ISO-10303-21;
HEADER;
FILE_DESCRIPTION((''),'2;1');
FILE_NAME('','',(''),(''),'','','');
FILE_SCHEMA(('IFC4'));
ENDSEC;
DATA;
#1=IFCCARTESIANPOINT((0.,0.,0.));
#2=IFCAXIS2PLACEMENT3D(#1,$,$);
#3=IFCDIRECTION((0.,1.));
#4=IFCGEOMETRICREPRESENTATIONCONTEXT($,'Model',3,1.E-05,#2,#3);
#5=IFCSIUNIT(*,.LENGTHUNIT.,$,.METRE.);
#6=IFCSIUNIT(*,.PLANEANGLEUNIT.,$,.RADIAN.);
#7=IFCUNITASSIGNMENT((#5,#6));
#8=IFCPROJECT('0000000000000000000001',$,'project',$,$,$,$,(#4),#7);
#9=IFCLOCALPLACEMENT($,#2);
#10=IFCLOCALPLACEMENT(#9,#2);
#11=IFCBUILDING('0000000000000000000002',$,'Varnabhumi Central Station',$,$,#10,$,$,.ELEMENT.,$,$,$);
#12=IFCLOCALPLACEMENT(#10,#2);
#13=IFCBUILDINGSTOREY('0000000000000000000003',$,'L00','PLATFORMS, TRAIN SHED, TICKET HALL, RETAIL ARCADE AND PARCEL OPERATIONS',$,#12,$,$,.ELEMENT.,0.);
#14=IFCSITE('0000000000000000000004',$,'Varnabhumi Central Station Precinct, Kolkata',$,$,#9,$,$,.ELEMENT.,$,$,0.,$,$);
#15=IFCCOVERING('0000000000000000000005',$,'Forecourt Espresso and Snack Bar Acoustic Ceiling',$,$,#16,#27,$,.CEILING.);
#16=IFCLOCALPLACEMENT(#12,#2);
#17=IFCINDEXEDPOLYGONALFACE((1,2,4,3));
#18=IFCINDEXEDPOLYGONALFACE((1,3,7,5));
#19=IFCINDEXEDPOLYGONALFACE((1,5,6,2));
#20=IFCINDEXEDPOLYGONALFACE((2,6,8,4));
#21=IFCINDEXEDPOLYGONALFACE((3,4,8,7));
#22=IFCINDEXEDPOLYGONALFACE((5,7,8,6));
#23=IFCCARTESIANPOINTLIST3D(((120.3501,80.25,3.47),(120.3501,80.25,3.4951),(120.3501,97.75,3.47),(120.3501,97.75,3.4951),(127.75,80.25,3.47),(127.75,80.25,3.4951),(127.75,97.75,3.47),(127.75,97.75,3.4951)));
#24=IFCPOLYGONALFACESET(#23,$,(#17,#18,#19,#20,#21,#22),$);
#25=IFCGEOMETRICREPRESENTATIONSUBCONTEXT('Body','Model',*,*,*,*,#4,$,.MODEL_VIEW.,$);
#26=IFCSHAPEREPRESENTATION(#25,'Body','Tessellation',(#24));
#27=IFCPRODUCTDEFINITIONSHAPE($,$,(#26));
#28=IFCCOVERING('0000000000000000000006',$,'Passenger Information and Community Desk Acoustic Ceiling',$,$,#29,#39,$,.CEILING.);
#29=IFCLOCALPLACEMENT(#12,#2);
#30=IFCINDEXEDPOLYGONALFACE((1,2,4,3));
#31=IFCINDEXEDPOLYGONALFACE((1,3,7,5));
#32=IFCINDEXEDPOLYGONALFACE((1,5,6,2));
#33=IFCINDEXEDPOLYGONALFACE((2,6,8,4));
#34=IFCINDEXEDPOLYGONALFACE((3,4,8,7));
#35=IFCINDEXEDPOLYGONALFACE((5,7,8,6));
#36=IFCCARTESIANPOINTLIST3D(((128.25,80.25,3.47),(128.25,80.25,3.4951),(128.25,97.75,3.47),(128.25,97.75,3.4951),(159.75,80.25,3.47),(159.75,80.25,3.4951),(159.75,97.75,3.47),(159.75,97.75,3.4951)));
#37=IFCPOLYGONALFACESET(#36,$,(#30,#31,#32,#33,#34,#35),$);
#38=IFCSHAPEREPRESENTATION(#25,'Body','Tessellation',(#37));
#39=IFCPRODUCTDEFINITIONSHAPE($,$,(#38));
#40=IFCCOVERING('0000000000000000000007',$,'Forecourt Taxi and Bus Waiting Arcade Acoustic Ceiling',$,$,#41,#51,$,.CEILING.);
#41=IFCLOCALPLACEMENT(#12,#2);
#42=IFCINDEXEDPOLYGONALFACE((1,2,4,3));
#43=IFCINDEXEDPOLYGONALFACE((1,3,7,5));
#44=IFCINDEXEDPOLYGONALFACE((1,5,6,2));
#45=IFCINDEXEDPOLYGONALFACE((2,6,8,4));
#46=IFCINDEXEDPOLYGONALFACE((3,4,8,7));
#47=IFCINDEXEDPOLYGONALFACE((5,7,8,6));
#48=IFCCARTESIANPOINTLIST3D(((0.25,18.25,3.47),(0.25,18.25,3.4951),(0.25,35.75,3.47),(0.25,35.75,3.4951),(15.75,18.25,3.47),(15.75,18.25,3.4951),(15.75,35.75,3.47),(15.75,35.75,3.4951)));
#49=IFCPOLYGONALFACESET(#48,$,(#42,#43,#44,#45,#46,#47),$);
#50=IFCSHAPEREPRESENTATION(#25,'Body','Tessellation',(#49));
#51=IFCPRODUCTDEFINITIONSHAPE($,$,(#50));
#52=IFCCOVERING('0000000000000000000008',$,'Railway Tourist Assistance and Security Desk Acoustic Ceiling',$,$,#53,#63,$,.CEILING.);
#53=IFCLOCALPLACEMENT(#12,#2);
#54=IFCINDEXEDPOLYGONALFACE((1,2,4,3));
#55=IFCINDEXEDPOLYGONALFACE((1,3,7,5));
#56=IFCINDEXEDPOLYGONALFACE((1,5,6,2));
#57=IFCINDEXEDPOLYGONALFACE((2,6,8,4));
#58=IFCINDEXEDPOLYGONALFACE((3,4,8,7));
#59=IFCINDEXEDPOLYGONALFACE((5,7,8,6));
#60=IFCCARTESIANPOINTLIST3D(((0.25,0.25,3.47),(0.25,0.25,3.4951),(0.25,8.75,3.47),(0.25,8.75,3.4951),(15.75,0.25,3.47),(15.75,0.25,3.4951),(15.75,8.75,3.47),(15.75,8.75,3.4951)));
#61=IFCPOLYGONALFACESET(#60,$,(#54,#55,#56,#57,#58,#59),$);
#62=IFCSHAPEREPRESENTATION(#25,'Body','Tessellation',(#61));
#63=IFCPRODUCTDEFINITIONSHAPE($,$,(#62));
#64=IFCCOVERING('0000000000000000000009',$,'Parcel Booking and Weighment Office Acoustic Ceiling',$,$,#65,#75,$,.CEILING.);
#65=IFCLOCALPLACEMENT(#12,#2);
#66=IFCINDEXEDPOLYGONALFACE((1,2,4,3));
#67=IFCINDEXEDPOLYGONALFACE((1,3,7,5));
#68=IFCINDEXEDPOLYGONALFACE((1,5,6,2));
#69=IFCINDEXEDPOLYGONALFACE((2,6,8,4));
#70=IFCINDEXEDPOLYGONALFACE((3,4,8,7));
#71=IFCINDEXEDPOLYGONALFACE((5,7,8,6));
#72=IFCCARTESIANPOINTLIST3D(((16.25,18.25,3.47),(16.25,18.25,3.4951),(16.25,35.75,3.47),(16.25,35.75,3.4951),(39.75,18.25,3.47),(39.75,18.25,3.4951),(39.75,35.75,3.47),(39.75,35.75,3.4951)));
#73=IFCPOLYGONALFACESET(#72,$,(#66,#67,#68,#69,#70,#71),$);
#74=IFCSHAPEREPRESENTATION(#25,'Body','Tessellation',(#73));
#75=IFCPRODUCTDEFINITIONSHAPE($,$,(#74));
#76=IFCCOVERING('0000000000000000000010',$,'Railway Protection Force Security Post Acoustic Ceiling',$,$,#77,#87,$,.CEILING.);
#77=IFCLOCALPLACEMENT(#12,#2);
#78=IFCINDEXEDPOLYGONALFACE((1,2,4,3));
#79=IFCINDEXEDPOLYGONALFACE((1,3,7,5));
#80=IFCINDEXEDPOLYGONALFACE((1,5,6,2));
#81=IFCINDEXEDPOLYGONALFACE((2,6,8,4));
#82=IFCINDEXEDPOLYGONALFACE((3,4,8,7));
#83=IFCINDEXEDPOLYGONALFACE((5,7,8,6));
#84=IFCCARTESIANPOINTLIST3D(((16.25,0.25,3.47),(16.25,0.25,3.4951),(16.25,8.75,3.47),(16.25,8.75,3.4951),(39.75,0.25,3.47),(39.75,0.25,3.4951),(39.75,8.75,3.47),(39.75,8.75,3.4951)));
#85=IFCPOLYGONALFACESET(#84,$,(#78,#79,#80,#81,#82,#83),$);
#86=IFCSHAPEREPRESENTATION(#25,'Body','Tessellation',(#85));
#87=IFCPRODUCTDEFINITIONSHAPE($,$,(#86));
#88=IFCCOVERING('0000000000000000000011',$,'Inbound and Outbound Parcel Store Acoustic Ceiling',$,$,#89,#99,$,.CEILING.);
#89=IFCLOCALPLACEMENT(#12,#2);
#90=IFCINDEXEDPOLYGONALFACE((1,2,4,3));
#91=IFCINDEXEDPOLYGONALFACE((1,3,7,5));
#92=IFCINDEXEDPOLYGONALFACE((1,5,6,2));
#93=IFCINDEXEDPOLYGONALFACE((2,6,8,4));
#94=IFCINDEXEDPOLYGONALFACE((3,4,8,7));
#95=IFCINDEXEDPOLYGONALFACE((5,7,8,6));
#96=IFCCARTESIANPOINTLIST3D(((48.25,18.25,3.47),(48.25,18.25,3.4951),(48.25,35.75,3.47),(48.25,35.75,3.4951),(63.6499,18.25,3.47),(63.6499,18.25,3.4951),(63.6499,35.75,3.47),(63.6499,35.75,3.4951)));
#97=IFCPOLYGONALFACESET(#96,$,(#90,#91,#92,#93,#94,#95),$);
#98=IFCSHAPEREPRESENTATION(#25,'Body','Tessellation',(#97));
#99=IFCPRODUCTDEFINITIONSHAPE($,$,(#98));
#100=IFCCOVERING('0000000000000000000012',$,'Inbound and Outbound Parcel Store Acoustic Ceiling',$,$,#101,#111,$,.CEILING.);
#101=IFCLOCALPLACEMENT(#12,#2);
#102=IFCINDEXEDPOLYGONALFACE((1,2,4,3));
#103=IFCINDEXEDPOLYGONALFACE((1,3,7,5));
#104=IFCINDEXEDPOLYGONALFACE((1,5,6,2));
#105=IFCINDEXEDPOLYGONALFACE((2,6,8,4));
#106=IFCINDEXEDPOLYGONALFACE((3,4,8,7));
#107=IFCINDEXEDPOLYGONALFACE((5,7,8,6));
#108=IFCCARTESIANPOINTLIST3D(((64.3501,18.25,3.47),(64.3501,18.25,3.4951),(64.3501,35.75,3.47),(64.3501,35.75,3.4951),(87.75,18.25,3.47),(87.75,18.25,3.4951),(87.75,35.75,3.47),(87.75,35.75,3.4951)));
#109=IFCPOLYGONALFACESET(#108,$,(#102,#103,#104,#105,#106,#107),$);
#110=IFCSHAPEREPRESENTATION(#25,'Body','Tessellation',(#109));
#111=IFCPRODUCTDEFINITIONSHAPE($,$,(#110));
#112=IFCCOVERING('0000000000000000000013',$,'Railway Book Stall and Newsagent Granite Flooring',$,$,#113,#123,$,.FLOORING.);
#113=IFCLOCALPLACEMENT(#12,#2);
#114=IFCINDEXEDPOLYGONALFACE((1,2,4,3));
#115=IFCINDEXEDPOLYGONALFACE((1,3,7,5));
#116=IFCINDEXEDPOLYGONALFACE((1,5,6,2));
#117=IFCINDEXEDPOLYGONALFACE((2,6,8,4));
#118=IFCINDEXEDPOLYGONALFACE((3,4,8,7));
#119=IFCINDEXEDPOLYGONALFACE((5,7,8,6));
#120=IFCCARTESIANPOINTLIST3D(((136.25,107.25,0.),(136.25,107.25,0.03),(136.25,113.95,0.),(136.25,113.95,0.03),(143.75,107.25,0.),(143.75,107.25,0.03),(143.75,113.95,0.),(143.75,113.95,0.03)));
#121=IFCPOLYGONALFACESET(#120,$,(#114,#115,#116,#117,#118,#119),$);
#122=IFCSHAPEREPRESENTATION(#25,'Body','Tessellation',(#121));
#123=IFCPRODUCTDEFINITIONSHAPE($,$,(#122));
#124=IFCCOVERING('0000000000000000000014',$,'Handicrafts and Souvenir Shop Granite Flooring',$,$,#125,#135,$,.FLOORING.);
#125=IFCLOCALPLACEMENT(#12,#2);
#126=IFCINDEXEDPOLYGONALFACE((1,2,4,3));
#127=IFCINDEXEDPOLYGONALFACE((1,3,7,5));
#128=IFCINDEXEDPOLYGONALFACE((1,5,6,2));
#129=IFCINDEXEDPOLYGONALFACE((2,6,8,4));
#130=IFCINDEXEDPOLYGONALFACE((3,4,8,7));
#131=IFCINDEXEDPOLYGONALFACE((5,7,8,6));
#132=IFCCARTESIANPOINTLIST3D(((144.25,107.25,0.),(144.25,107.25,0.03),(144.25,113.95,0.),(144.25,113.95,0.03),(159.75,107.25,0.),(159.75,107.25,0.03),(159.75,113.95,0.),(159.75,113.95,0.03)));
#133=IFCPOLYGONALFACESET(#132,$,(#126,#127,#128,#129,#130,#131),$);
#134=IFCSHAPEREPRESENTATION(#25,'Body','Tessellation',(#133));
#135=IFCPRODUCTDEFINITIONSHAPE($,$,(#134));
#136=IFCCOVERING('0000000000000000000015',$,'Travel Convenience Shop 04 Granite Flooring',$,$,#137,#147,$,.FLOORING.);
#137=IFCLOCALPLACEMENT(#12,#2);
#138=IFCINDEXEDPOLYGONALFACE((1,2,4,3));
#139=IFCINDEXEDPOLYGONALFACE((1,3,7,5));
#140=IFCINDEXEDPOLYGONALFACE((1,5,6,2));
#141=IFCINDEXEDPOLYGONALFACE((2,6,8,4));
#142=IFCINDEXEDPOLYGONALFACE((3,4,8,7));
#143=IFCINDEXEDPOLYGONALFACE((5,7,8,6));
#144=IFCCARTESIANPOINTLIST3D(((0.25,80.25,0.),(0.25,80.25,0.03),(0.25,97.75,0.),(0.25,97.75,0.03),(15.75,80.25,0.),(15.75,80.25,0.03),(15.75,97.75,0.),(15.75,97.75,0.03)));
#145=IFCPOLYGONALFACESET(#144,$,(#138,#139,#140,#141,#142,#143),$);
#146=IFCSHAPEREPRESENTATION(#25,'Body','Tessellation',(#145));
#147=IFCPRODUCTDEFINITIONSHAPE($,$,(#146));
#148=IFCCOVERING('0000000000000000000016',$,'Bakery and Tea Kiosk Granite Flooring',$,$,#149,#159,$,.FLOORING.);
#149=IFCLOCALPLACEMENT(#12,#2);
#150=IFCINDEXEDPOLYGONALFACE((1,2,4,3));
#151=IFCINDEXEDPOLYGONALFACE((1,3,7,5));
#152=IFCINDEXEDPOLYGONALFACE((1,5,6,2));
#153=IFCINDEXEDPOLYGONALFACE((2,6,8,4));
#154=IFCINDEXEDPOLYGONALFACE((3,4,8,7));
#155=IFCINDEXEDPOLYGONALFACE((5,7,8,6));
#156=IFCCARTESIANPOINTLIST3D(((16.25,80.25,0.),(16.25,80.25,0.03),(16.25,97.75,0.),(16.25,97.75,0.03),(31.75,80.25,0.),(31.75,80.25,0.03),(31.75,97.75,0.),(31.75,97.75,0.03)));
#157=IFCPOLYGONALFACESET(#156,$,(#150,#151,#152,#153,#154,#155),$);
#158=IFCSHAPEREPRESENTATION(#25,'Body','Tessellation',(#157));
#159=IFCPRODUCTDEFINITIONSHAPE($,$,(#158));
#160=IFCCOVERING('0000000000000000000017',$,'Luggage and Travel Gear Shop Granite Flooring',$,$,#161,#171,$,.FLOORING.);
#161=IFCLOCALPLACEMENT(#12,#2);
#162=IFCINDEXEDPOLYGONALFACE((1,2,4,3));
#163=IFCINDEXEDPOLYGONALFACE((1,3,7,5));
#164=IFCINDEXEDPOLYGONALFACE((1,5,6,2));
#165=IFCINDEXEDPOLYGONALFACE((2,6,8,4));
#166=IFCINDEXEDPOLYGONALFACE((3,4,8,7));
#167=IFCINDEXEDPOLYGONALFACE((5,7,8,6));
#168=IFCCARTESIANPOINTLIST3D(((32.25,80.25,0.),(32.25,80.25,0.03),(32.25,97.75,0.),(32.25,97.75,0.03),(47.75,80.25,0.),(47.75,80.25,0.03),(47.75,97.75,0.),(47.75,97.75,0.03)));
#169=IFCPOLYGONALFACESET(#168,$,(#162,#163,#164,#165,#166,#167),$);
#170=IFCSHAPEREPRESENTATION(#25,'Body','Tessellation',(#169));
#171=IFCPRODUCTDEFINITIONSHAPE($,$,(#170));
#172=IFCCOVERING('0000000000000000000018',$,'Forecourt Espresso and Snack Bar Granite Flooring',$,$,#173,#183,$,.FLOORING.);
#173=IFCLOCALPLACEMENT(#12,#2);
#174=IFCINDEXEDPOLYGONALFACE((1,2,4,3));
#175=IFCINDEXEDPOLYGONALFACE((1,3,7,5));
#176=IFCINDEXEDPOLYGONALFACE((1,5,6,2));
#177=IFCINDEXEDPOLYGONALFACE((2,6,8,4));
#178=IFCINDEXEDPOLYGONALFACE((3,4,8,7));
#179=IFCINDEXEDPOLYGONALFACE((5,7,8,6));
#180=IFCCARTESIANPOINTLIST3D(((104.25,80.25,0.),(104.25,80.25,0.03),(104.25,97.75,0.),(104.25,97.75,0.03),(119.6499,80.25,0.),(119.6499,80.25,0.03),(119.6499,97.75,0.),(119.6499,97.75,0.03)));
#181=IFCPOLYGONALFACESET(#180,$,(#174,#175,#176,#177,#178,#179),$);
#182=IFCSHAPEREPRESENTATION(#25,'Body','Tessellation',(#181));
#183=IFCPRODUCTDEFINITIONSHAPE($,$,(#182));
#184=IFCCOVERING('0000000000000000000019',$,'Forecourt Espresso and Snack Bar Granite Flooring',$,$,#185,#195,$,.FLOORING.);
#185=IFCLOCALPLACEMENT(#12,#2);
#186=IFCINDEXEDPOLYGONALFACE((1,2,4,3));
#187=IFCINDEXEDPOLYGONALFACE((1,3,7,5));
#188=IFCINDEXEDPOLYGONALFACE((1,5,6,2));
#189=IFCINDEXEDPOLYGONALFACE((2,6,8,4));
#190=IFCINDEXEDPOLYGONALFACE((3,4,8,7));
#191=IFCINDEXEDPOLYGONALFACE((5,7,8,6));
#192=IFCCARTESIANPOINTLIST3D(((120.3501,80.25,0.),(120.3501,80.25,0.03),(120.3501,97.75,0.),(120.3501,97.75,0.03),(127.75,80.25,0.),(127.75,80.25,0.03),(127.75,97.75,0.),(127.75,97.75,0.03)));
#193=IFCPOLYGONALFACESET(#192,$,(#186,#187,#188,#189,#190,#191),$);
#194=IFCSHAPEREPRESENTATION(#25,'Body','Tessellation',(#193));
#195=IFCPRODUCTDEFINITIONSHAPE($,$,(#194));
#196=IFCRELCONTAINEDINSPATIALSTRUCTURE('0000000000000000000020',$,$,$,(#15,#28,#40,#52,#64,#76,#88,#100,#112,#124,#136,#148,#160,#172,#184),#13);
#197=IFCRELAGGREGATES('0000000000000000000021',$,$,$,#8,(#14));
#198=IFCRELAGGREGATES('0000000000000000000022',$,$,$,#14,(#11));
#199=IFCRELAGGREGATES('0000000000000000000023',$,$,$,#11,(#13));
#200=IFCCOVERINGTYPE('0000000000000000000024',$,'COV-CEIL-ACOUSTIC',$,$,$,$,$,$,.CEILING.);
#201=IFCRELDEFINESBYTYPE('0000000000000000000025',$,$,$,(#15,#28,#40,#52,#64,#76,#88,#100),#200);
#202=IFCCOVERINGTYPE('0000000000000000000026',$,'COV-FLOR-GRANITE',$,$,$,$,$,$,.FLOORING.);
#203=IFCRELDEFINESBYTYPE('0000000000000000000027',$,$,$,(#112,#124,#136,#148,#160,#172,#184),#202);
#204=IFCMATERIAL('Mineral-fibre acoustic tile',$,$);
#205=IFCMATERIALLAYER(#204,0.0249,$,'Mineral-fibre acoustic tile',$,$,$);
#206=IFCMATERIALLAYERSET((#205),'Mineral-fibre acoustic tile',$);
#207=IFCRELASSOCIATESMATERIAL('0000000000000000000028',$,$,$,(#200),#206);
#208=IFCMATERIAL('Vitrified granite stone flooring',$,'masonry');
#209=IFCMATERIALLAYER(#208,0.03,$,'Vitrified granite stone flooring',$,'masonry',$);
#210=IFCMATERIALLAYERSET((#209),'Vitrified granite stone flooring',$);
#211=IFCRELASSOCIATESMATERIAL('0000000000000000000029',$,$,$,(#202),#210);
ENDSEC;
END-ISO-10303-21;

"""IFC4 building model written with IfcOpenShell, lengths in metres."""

from ifc_helpers import new_model, si_unit, direction, frame, origin, place, context, subcontext, project, spatial, polyline, outline, extrude, material, layer, layer_set, type_object, element, save


model = new_model("IFC4")

# Units and contexts
model_context = context("Model", 3, precision=1e-05, world=origin(), true_north=direction((0.0, 1.0)))
body_context = subcontext(model_context, "Body", "Model", "MODEL_VIEW")
ifc_project = project(units=[si_unit("LENGTHUNIT", "METRE"), si_unit("PLANEANGLEUNIT", "RADIAN")], contexts=[model_context])

# Site, building, storey
site_placement = place(None, origin())
site = spatial("IfcSite", under=ifc_project, at=site_placement, Name="Varnabhumi Central Station Precinct, Kolkata", CompositionType="ELEMENT", RefElevation=0.0)
building_placement = place(site_placement, origin())
building = spatial("IfcBuilding", under=site, at=building_placement, Name="Varnabhumi Central Station", CompositionType="ELEMENT")
storey_placement = place(building_placement, origin())
storey = spatial("IfcBuildingStorey", under=building, at=storey_placement, Name="L00", Description="PLATFORMS, TRAIN SHED, TICKET HALL, RETAIL ARCADE AND PARCEL OPERATIONS", CompositionType="ELEMENT", Elevation=0.0)

# Coverings
ifc_material_1 = material(Name="Mineral-fibre acoustic tile")
ifc_layer_1 = layer(ifc_material_1, 0.0249, Name="Mineral-fibre acoustic tile")
ifc_layer_set_1 = layer_set([ifc_layer_1], Name="Mineral-fibre acoustic tile")
covering_type_1 = type_object("IfcCoveringType", Name="COV-CEIL-ACOUSTIC", PredefinedType="CEILING", material=ifc_layer_set_1)
covering_1_placement = place(storey_placement, frame((0.0, 0.0, 3.47)))
element("IfcCovering", 1, at=covering_1_placement, inside=storey, type_object=covering_type_1, Name="Forecourt Espresso and Snack Bar Acoustic Ceiling", PredefinedType="CEILING", context=body_context, shape_type="SweptSolid", body=[
    extrude(outline(polyline([(120.3501, 80.25), (127.75, 80.25), (127.75, 97.75), (120.3501, 97.75), (120.3501, 80.25)])), origin(), (0.0, 0.0, 1.0), 0.0251),
])
covering_2_placement = place(storey_placement, frame((0.0, 0.0, 3.47)))
element("IfcCovering", 2, at=covering_2_placement, inside=storey, type_object=covering_type_1, Name="Passenger Information and Community Desk Acoustic Ceiling", PredefinedType="CEILING", context=body_context, shape_type="SweptSolid", body=[
    extrude(outline(polyline([(128.25, 80.25), (159.75, 80.25), (159.75, 97.75), (128.25, 97.75), (128.25, 80.25)])), origin(), (0.0, 0.0, 1.0), 0.0251),
])
covering_3_placement = place(storey_placement, frame((0.0, 0.0, 3.47)))
element("IfcCovering", 3, at=covering_3_placement, inside=storey, type_object=covering_type_1, Name="Forecourt Taxi and Bus Waiting Arcade Acoustic Ceiling", PredefinedType="CEILING", context=body_context, shape_type="SweptSolid", body=[
    extrude(outline(polyline([(0.25, 18.25), (15.75, 18.25), (15.75, 35.75), (0.25, 35.75), (0.25, 18.25)])), origin(), (0.0, 0.0, 1.0), 0.0251),
])
covering_4_placement = place(storey_placement, frame((0.0, 0.0, 3.47)))
element("IfcCovering", 4, at=covering_4_placement, inside=storey, type_object=covering_type_1, Name="Railway Tourist Assistance and Security Desk Acoustic Ceiling", PredefinedType="CEILING", context=body_context, shape_type="SweptSolid", body=[
    extrude(outline(polyline([(0.25, 0.25), (15.75, 0.25), (15.75, 8.75), (0.25, 8.75), (0.25, 0.25)])), origin(), (0.0, 0.0, 1.0), 0.0251),
])
covering_5_placement = place(storey_placement, frame((0.0, 0.0, 3.47)))
element("IfcCovering", 5, at=covering_5_placement, inside=storey, type_object=covering_type_1, Name="Parcel Booking and Weighment Office Acoustic Ceiling", PredefinedType="CEILING", context=body_context, shape_type="SweptSolid", body=[
    extrude(outline(polyline([(16.25, 18.25), (39.75, 18.25), (39.75, 35.75), (16.25, 35.75), (16.25, 18.25)])), origin(), (0.0, 0.0, 1.0), 0.0251),
])
covering_6_placement = place(storey_placement, frame((0.0, 0.0, 3.47)))
element("IfcCovering", 6, at=covering_6_placement, inside=storey, type_object=covering_type_1, Name="Railway Protection Force Security Post Acoustic Ceiling", PredefinedType="CEILING", context=body_context, shape_type="SweptSolid", body=[
    extrude(outline(polyline([(16.25, 0.25), (39.75, 0.25), (39.75, 8.75), (16.25, 8.75), (16.25, 0.25)])), origin(), (0.0, 0.0, 1.0), 0.0251),
])
covering_7_placement = place(storey_placement, frame((0.0, 0.0, 3.47)))
element("IfcCovering", 7, at=covering_7_placement, inside=storey, type_object=covering_type_1, Name="Inbound and Outbound Parcel Store Acoustic Ceiling", PredefinedType="CEILING", context=body_context, shape_type="SweptSolid", body=[
    extrude(outline(polyline([(48.25, 18.25), (63.6499, 18.25), (63.6499, 35.75), (48.25, 35.75), (48.25, 18.25)])), origin(), (0.0, 0.0, 1.0), 0.0251),
])
covering_8_placement = place(storey_placement, frame((0.0, 0.0, 3.47)))
element("IfcCovering", 8, at=covering_8_placement, inside=storey, type_object=covering_type_1, Name="Inbound and Outbound Parcel Store Acoustic Ceiling", PredefinedType="CEILING", context=body_context, shape_type="SweptSolid", body=[
    extrude(outline(polyline([(64.3501, 18.25), (87.75, 18.25), (87.75, 35.75), (64.3501, 35.75), (64.3501, 18.25)])), origin(), (0.0, 0.0, 1.0), 0.0251),
])
ifc_material_2 = material(Name="Vitrified granite stone flooring", Category="masonry")
ifc_layer_2 = layer(ifc_material_2, 0.03, Name="Vitrified granite stone flooring", Category="masonry")
ifc_layer_set_2 = layer_set([ifc_layer_2], Name="Vitrified granite stone flooring")
covering_type_2 = type_object("IfcCoveringType", Name="COV-FLOR-GRANITE", PredefinedType="FLOORING", material=ifc_layer_set_2)
covering_9_placement = place(storey_placement, origin())
element("IfcCovering", 9, at=covering_9_placement, inside=storey, type_object=covering_type_2, Name="Railway Book Stall and Newsagent Granite Flooring", PredefinedType="FLOORING", context=body_context, shape_type="SweptSolid", body=[
    extrude(outline(polyline([(136.25, 107.25), (143.75, 107.25), (143.75, 113.95), (136.25, 113.95), (136.25, 107.25)])), origin(), (0.0, 0.0, 1.0), 0.03),
])
covering_10_placement = place(storey_placement, origin())
element("IfcCovering", 10, at=covering_10_placement, inside=storey, type_object=covering_type_2, Name="Handicrafts and Souvenir Shop Granite Flooring", PredefinedType="FLOORING", context=body_context, shape_type="SweptSolid", body=[
    extrude(outline(polyline([(144.25, 107.25), (159.75, 107.25), (159.75, 113.95), (144.25, 113.95), (144.25, 107.25)])), origin(), (0.0, 0.0, 1.0), 0.03),
])
covering_11_placement = place(storey_placement, origin())
element("IfcCovering", 11, at=covering_11_placement, inside=storey, type_object=covering_type_2, Name="Travel Convenience Shop 04 Granite Flooring", PredefinedType="FLOORING", context=body_context, shape_type="SweptSolid", body=[
    extrude(outline(polyline([(0.25, 80.25), (15.75, 80.25), (15.75, 97.75), (0.25, 97.75), (0.25, 80.25)])), origin(), (0.0, 0.0, 1.0), 0.03),
])
covering_12_placement = place(storey_placement, origin())
element("IfcCovering", 12, at=covering_12_placement, inside=storey, type_object=covering_type_2, Name="Bakery and Tea Kiosk Granite Flooring", PredefinedType="FLOORING", context=body_context, shape_type="SweptSolid", body=[
    extrude(outline(polyline([(16.25, 80.25), (31.75, 80.25), (31.75, 97.75), (16.25, 97.75), (16.25, 80.25)])), origin(), (0.0, 0.0, 1.0), 0.03),
])
covering_13_placement = place(storey_placement, origin())
element("IfcCovering", 13, at=covering_13_placement, inside=storey, type_object=covering_type_2, Name="Luggage and Travel Gear Shop Granite Flooring", PredefinedType="FLOORING", context=body_context, shape_type="SweptSolid", body=[
    extrude(outline(polyline([(32.25, 80.25), (47.75, 80.25), (47.75, 97.75), (32.25, 97.75), (32.25, 80.25)])), origin(), (0.0, 0.0, 1.0), 0.03),
])
covering_14_placement = place(storey_placement, origin())
element("IfcCovering", 14, at=covering_14_placement, inside=storey, type_object=covering_type_2, Name="Forecourt Espresso and Snack Bar Granite Flooring", PredefinedType="FLOORING", context=body_context, shape_type="SweptSolid", body=[
    extrude(outline(polyline([(104.25, 80.25), (119.6499, 80.25), (119.6499, 97.75), (104.25, 97.75), (104.25, 80.25)])), origin(), (0.0, 0.0, 1.0), 0.03),
])
covering_15_placement = place(storey_placement, origin())
element("IfcCovering", 15, at=covering_15_placement, inside=storey, type_object=covering_type_2, Name="Forecourt Espresso and Snack Bar Granite Flooring", PredefinedType="FLOORING", context=body_context, shape_type="SweptSolid", body=[
    extrude(outline(polyline([(120.3501, 80.25), (127.75, 80.25), (127.75, 97.75), (120.3501, 97.75), (120.3501, 80.25)])), origin(), (0.0, 0.0, 1.0), 0.03),
])

save(model, "model.ifc")
